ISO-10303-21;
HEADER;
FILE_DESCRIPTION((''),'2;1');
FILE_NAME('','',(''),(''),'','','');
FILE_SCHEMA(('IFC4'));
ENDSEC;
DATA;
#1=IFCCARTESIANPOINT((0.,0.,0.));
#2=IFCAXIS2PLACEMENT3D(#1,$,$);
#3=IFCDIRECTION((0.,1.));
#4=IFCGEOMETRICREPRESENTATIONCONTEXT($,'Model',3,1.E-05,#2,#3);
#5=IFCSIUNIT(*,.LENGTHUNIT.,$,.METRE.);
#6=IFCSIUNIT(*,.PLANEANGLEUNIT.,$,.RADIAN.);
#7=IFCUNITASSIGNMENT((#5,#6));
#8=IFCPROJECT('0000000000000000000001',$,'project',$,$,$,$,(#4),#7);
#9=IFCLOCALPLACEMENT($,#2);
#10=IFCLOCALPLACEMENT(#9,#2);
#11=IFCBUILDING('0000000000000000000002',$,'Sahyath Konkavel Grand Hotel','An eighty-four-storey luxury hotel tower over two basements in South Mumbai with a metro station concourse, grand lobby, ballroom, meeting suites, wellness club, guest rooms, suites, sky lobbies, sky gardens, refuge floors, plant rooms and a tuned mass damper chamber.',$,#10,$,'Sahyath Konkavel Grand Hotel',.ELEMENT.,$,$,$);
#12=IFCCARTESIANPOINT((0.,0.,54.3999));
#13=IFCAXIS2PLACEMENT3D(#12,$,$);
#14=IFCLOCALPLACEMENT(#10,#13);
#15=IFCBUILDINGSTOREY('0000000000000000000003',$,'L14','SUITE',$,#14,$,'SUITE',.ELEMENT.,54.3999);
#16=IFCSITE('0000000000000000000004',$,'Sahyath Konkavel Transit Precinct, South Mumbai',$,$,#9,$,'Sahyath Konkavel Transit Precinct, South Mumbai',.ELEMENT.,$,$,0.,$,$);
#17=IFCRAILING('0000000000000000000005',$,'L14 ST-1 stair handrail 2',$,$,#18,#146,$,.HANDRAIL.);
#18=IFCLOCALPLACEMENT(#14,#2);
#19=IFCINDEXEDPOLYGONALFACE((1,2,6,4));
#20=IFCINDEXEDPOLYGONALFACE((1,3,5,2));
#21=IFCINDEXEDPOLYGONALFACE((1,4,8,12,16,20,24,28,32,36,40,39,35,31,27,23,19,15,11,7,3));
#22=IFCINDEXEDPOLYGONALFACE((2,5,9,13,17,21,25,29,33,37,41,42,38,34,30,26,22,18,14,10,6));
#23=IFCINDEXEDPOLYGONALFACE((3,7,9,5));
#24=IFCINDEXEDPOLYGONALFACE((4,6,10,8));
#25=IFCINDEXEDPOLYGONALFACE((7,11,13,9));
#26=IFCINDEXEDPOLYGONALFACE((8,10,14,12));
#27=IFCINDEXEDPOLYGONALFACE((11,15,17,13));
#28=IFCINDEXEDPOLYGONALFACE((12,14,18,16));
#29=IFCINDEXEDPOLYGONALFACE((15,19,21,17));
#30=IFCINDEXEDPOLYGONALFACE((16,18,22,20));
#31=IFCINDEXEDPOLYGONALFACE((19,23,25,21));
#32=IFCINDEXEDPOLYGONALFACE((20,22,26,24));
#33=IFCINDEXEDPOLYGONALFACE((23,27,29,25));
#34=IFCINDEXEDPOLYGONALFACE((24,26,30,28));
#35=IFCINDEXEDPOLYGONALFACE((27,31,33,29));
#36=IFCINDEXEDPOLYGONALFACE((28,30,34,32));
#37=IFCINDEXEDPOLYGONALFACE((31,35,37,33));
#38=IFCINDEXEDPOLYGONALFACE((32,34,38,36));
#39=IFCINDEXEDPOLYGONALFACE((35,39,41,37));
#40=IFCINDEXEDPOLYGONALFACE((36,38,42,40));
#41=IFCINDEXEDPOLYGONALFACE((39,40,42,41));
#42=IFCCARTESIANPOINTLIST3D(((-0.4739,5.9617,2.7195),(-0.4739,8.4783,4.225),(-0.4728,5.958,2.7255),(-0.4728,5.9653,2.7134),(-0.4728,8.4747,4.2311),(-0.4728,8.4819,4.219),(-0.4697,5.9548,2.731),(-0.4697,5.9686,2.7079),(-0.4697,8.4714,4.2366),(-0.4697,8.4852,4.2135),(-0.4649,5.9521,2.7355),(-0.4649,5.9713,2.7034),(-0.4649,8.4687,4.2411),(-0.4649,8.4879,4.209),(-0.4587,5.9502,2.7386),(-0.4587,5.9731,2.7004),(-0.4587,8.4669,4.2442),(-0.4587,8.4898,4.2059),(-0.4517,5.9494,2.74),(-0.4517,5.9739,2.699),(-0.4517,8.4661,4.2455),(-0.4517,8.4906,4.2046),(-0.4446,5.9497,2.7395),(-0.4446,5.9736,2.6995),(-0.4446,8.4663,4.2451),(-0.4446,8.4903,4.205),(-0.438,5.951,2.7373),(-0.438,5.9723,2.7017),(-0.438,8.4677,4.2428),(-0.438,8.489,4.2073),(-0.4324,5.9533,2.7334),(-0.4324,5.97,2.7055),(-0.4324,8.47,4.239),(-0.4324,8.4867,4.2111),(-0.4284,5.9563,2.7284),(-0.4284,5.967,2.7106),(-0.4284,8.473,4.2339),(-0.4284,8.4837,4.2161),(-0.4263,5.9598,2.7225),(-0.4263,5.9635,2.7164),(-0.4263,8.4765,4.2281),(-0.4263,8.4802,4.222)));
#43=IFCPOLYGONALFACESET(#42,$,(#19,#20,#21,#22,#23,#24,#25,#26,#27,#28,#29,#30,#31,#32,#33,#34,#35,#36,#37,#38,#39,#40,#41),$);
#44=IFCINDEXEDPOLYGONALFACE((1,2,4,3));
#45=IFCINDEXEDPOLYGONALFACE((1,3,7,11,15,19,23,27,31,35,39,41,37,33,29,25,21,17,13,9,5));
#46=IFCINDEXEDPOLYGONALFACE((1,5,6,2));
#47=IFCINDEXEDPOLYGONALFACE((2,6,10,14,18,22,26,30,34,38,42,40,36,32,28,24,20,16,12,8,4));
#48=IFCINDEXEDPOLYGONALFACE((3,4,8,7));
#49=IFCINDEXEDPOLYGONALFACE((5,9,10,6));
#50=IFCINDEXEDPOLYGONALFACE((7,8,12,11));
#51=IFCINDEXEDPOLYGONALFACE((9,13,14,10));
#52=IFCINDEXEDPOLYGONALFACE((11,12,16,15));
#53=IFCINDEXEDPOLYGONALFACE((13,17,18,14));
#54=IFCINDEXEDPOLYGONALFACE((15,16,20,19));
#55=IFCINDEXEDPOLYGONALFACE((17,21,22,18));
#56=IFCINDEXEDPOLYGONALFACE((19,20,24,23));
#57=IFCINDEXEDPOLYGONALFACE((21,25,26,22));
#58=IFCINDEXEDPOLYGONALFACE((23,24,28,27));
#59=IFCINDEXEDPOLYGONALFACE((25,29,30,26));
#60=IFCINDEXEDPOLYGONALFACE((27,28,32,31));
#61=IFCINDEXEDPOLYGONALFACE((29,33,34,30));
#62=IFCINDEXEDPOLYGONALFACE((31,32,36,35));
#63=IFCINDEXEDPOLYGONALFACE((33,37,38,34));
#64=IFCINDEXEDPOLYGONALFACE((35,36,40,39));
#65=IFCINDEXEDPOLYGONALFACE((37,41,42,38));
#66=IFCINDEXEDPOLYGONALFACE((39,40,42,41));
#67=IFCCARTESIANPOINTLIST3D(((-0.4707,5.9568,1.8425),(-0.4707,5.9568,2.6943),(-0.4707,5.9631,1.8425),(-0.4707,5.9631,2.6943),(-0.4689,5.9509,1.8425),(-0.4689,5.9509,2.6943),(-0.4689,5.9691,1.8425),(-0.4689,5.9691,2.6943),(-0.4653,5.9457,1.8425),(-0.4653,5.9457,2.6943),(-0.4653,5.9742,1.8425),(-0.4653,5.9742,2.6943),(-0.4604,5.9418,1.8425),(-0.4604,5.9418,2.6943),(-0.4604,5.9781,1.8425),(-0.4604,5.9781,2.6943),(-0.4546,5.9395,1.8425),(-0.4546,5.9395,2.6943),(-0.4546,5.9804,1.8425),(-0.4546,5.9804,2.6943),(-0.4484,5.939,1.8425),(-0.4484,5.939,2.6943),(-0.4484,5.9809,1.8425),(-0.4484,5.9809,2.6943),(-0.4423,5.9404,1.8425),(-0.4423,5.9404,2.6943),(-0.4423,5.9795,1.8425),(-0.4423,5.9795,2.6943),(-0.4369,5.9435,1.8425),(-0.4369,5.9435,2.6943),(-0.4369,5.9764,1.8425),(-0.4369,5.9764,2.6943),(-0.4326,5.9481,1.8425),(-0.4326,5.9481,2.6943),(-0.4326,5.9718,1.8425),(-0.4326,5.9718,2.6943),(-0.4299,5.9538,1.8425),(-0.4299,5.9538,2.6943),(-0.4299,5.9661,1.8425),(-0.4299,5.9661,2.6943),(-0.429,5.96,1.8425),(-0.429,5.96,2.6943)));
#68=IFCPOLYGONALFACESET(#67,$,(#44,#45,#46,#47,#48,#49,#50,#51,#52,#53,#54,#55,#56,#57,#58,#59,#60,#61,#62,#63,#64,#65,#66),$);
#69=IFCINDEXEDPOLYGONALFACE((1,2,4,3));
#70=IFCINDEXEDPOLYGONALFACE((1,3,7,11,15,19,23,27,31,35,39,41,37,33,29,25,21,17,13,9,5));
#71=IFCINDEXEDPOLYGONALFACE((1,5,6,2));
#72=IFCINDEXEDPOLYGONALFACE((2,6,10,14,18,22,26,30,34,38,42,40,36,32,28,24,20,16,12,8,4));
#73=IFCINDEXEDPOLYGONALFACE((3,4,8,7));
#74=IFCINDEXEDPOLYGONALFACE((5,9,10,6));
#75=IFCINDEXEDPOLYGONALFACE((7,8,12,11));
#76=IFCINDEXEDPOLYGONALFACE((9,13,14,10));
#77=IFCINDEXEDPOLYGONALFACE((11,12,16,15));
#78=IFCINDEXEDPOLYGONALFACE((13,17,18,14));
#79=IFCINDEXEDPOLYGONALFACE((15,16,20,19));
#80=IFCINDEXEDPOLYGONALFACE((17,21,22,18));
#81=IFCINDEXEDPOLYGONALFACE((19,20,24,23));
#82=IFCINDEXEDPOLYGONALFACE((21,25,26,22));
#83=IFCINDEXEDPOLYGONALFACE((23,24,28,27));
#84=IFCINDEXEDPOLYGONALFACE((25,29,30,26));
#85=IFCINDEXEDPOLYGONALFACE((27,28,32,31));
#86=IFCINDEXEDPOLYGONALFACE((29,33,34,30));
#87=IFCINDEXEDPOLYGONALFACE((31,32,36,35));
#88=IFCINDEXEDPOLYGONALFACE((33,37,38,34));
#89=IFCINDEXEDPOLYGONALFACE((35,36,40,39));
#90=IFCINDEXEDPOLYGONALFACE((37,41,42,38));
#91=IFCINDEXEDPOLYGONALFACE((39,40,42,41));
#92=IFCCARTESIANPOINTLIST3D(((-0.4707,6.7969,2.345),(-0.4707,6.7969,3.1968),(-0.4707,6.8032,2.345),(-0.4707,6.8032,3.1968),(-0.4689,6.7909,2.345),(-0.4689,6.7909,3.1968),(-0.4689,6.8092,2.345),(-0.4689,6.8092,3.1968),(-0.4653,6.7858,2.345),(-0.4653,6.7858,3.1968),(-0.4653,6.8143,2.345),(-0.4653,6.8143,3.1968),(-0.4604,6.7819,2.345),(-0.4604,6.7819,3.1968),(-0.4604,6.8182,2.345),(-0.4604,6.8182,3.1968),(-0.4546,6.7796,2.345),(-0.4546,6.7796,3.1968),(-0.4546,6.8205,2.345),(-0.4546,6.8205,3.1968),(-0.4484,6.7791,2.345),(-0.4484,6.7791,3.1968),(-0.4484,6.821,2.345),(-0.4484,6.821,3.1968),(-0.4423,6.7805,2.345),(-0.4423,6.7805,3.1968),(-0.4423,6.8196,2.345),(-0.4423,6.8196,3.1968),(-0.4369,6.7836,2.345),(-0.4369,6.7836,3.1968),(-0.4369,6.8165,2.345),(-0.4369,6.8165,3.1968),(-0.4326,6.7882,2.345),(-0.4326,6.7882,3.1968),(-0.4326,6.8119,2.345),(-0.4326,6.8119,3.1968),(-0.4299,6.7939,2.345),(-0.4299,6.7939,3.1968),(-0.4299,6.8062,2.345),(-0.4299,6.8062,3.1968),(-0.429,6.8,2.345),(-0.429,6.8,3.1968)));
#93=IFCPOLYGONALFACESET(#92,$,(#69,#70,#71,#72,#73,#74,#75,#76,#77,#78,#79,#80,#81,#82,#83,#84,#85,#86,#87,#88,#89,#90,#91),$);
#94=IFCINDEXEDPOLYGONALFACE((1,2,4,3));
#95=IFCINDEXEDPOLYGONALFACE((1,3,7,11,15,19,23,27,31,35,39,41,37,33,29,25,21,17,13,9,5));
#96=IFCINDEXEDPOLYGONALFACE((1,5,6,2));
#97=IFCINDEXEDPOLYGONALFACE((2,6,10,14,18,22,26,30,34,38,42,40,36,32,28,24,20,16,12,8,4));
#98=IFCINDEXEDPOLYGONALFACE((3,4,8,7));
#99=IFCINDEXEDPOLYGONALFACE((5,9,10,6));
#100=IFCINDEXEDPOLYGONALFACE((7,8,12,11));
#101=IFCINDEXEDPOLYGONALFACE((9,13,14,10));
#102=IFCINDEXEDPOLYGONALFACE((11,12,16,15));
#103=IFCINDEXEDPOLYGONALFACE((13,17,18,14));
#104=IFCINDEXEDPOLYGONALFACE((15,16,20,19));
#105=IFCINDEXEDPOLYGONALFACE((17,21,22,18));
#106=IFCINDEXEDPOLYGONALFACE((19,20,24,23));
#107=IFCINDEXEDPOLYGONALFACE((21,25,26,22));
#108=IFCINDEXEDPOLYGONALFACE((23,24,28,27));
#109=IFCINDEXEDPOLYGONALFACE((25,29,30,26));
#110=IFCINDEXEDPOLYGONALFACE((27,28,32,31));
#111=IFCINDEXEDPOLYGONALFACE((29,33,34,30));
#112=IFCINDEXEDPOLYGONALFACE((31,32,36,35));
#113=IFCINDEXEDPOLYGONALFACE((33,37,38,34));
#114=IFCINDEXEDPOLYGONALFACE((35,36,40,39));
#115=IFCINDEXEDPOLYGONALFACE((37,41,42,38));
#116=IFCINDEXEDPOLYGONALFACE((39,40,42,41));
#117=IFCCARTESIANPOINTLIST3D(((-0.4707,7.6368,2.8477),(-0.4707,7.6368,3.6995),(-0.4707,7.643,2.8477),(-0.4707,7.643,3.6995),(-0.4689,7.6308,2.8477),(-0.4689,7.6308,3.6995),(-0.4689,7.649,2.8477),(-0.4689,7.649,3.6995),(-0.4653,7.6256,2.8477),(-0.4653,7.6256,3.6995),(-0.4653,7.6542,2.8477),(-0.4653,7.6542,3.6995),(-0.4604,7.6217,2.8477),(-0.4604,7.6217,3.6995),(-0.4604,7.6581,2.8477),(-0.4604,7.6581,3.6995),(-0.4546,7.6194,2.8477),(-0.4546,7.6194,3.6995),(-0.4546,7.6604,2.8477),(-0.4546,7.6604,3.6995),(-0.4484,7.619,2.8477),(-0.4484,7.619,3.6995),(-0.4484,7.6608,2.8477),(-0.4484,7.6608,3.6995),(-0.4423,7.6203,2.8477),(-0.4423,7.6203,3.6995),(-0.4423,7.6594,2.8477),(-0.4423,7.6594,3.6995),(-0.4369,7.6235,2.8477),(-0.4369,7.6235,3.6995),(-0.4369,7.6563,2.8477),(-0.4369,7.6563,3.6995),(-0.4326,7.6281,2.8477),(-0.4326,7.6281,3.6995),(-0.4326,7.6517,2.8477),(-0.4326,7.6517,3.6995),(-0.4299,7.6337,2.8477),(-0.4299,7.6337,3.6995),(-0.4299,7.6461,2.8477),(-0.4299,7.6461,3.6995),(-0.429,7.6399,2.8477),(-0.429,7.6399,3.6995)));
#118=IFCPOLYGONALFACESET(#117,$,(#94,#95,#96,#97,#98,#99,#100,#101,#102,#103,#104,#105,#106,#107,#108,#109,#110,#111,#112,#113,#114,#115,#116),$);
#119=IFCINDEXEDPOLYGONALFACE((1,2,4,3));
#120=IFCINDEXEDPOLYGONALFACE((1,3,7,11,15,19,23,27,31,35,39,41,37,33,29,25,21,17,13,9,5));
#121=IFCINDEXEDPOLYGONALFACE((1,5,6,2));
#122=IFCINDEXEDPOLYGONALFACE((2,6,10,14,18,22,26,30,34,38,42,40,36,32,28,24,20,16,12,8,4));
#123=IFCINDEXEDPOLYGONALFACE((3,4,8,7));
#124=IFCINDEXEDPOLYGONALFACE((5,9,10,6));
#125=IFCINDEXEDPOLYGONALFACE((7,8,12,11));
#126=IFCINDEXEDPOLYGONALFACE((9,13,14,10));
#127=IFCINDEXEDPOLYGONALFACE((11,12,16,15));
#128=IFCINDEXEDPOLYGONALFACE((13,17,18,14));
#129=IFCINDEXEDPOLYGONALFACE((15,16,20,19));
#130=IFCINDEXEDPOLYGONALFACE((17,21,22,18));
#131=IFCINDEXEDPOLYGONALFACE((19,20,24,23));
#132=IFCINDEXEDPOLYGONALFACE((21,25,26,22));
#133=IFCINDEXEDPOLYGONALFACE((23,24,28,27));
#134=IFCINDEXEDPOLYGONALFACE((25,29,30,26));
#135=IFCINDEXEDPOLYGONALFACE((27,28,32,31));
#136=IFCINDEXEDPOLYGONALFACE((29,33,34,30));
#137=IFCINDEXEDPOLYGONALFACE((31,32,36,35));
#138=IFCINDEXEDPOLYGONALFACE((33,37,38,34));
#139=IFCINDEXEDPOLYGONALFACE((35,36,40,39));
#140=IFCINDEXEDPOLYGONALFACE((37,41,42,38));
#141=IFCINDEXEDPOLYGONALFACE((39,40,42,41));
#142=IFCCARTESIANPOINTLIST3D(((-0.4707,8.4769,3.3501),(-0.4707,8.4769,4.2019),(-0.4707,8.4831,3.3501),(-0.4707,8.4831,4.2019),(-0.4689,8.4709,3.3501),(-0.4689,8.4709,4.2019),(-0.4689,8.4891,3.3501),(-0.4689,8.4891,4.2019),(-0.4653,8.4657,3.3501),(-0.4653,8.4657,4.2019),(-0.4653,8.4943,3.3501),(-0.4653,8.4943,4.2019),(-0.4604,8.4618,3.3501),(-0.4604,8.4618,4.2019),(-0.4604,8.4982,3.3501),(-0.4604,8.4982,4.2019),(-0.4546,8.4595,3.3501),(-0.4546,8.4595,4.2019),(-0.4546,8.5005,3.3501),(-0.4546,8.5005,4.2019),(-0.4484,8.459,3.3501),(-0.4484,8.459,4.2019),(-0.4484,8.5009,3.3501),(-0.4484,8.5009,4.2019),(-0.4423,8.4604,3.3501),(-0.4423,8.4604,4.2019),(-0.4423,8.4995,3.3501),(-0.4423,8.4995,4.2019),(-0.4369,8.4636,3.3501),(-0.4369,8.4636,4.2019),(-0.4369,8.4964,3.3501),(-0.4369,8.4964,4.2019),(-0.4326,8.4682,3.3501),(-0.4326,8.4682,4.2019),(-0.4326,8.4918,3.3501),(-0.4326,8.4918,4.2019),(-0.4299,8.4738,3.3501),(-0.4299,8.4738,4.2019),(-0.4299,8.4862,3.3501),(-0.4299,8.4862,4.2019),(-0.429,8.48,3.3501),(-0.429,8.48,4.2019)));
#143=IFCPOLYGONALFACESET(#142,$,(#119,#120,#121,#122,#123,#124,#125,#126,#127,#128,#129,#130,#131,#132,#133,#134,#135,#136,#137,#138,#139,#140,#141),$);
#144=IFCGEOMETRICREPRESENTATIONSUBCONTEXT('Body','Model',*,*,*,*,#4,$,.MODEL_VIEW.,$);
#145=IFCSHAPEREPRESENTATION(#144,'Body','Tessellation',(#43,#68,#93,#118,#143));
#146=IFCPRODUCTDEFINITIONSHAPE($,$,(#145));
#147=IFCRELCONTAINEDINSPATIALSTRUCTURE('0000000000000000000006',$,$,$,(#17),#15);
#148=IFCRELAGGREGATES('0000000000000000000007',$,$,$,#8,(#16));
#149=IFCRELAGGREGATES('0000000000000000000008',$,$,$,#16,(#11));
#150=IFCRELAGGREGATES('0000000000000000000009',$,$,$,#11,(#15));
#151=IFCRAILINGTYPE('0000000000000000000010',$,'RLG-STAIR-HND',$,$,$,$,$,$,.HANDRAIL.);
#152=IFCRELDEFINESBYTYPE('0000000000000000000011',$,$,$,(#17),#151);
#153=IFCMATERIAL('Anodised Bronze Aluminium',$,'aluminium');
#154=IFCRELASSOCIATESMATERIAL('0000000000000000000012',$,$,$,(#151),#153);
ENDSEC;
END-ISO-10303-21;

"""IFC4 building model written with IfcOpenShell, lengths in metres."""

from ifc_helpers import new_model, si_unit, direction, frame, origin, origin_2d, place, context, subcontext, project, spatial, circle, extrude, material, type_object, element, save


model = new_model("IFC4")

# Units and contexts
model_context = context("Model", 3, precision=1e-05, world=origin(), true_north=direction((0.0, 1.0)))
body_context = subcontext(model_context, "Body", "Model", "MODEL_VIEW")
ifc_project = project(units=[si_unit("LENGTHUNIT", "METRE"), si_unit("PLANEANGLEUNIT", "RADIAN")], contexts=[model_context])

# Site, building, storey
site_placement = place(None, origin())
site = spatial("IfcSite", under=ifc_project, at=site_placement, Name="Sahyath Konkavel Transit Precinct, South Mumbai", LongName="Sahyath Konkavel Transit Precinct, South Mumbai", CompositionType="ELEMENT", RefElevation=0.0)
building_placement = place(site_placement, origin())
building = spatial("IfcBuilding", under=site, at=building_placement, Name="Sahyath Konkavel Grand Hotel", Description="An eighty-four-storey luxury hotel tower over two basements in South Mumbai with a metro station concourse, grand lobby, ballroom, meeting suites, wellness club, guest rooms, suites, sky lobbies, sky gardens, refuge floors, plant rooms and a tuned mass damper chamber.", LongName="Sahyath Konkavel Grand Hotel", CompositionType="ELEMENT")
storey_placement = place(building_placement, frame((0.0, 0.0, 54.3999)))
storey = spatial("IfcBuildingStorey", under=building, at=storey_placement, Name="L14", Description="SUITE", LongName="SUITE", CompositionType="ELEMENT", Elevation=54.3999)

# Railing
ifc_material_1 = material(Name="Anodised Bronze Aluminium", Category="aluminium")
railing_type_1 = type_object("IfcRailingType", Name="RLG-STAIR-HND", PredefinedType="HANDRAIL", material=ifc_material_1)
railing_1_placement = place(storey_placement, frame((-0.45, 5.96, 1.8425)))
element("IfcRailing", 1, at=railing_1_placement, inside=storey, type_object=railing_type_1, Name="L14 ST-1 stair handrail 2", PredefinedType="HANDRAIL", context=body_context, shape_type="SweptSolid", body=[
    extrude(circle(Radius=0.0239, at=origin_2d()), frame((0.0, 0.0017, 0.877), z_axis=(0.0, 0.85816, 0.513383), x_axis=(-1.0, 0.0, 0.0)), (0.0, 0.0, 1.0), 2.9326),
    extrude(circle(Radius=0.021, at=origin_2d()), origin(), (0.0, 0.0, 1.0), 0.8518),
    extrude(circle(Radius=0.021, at=origin_2d()), frame((0.0, 0.8401, 0.5024)), (0.0, 0.0, 1.0), 0.8518),
    extrude(circle(Radius=0.021, at=origin_2d()), frame((0.0, 1.6799, 1.0051)), (0.0, 0.0, 1.0), 0.8518),
    extrude(circle(Radius=0.021, at=origin_2d()), frame((0.0, 2.52, 1.5076)), (0.0, 0.0, 1.0), 0.8518),
])

save(model, "model.ifc")
